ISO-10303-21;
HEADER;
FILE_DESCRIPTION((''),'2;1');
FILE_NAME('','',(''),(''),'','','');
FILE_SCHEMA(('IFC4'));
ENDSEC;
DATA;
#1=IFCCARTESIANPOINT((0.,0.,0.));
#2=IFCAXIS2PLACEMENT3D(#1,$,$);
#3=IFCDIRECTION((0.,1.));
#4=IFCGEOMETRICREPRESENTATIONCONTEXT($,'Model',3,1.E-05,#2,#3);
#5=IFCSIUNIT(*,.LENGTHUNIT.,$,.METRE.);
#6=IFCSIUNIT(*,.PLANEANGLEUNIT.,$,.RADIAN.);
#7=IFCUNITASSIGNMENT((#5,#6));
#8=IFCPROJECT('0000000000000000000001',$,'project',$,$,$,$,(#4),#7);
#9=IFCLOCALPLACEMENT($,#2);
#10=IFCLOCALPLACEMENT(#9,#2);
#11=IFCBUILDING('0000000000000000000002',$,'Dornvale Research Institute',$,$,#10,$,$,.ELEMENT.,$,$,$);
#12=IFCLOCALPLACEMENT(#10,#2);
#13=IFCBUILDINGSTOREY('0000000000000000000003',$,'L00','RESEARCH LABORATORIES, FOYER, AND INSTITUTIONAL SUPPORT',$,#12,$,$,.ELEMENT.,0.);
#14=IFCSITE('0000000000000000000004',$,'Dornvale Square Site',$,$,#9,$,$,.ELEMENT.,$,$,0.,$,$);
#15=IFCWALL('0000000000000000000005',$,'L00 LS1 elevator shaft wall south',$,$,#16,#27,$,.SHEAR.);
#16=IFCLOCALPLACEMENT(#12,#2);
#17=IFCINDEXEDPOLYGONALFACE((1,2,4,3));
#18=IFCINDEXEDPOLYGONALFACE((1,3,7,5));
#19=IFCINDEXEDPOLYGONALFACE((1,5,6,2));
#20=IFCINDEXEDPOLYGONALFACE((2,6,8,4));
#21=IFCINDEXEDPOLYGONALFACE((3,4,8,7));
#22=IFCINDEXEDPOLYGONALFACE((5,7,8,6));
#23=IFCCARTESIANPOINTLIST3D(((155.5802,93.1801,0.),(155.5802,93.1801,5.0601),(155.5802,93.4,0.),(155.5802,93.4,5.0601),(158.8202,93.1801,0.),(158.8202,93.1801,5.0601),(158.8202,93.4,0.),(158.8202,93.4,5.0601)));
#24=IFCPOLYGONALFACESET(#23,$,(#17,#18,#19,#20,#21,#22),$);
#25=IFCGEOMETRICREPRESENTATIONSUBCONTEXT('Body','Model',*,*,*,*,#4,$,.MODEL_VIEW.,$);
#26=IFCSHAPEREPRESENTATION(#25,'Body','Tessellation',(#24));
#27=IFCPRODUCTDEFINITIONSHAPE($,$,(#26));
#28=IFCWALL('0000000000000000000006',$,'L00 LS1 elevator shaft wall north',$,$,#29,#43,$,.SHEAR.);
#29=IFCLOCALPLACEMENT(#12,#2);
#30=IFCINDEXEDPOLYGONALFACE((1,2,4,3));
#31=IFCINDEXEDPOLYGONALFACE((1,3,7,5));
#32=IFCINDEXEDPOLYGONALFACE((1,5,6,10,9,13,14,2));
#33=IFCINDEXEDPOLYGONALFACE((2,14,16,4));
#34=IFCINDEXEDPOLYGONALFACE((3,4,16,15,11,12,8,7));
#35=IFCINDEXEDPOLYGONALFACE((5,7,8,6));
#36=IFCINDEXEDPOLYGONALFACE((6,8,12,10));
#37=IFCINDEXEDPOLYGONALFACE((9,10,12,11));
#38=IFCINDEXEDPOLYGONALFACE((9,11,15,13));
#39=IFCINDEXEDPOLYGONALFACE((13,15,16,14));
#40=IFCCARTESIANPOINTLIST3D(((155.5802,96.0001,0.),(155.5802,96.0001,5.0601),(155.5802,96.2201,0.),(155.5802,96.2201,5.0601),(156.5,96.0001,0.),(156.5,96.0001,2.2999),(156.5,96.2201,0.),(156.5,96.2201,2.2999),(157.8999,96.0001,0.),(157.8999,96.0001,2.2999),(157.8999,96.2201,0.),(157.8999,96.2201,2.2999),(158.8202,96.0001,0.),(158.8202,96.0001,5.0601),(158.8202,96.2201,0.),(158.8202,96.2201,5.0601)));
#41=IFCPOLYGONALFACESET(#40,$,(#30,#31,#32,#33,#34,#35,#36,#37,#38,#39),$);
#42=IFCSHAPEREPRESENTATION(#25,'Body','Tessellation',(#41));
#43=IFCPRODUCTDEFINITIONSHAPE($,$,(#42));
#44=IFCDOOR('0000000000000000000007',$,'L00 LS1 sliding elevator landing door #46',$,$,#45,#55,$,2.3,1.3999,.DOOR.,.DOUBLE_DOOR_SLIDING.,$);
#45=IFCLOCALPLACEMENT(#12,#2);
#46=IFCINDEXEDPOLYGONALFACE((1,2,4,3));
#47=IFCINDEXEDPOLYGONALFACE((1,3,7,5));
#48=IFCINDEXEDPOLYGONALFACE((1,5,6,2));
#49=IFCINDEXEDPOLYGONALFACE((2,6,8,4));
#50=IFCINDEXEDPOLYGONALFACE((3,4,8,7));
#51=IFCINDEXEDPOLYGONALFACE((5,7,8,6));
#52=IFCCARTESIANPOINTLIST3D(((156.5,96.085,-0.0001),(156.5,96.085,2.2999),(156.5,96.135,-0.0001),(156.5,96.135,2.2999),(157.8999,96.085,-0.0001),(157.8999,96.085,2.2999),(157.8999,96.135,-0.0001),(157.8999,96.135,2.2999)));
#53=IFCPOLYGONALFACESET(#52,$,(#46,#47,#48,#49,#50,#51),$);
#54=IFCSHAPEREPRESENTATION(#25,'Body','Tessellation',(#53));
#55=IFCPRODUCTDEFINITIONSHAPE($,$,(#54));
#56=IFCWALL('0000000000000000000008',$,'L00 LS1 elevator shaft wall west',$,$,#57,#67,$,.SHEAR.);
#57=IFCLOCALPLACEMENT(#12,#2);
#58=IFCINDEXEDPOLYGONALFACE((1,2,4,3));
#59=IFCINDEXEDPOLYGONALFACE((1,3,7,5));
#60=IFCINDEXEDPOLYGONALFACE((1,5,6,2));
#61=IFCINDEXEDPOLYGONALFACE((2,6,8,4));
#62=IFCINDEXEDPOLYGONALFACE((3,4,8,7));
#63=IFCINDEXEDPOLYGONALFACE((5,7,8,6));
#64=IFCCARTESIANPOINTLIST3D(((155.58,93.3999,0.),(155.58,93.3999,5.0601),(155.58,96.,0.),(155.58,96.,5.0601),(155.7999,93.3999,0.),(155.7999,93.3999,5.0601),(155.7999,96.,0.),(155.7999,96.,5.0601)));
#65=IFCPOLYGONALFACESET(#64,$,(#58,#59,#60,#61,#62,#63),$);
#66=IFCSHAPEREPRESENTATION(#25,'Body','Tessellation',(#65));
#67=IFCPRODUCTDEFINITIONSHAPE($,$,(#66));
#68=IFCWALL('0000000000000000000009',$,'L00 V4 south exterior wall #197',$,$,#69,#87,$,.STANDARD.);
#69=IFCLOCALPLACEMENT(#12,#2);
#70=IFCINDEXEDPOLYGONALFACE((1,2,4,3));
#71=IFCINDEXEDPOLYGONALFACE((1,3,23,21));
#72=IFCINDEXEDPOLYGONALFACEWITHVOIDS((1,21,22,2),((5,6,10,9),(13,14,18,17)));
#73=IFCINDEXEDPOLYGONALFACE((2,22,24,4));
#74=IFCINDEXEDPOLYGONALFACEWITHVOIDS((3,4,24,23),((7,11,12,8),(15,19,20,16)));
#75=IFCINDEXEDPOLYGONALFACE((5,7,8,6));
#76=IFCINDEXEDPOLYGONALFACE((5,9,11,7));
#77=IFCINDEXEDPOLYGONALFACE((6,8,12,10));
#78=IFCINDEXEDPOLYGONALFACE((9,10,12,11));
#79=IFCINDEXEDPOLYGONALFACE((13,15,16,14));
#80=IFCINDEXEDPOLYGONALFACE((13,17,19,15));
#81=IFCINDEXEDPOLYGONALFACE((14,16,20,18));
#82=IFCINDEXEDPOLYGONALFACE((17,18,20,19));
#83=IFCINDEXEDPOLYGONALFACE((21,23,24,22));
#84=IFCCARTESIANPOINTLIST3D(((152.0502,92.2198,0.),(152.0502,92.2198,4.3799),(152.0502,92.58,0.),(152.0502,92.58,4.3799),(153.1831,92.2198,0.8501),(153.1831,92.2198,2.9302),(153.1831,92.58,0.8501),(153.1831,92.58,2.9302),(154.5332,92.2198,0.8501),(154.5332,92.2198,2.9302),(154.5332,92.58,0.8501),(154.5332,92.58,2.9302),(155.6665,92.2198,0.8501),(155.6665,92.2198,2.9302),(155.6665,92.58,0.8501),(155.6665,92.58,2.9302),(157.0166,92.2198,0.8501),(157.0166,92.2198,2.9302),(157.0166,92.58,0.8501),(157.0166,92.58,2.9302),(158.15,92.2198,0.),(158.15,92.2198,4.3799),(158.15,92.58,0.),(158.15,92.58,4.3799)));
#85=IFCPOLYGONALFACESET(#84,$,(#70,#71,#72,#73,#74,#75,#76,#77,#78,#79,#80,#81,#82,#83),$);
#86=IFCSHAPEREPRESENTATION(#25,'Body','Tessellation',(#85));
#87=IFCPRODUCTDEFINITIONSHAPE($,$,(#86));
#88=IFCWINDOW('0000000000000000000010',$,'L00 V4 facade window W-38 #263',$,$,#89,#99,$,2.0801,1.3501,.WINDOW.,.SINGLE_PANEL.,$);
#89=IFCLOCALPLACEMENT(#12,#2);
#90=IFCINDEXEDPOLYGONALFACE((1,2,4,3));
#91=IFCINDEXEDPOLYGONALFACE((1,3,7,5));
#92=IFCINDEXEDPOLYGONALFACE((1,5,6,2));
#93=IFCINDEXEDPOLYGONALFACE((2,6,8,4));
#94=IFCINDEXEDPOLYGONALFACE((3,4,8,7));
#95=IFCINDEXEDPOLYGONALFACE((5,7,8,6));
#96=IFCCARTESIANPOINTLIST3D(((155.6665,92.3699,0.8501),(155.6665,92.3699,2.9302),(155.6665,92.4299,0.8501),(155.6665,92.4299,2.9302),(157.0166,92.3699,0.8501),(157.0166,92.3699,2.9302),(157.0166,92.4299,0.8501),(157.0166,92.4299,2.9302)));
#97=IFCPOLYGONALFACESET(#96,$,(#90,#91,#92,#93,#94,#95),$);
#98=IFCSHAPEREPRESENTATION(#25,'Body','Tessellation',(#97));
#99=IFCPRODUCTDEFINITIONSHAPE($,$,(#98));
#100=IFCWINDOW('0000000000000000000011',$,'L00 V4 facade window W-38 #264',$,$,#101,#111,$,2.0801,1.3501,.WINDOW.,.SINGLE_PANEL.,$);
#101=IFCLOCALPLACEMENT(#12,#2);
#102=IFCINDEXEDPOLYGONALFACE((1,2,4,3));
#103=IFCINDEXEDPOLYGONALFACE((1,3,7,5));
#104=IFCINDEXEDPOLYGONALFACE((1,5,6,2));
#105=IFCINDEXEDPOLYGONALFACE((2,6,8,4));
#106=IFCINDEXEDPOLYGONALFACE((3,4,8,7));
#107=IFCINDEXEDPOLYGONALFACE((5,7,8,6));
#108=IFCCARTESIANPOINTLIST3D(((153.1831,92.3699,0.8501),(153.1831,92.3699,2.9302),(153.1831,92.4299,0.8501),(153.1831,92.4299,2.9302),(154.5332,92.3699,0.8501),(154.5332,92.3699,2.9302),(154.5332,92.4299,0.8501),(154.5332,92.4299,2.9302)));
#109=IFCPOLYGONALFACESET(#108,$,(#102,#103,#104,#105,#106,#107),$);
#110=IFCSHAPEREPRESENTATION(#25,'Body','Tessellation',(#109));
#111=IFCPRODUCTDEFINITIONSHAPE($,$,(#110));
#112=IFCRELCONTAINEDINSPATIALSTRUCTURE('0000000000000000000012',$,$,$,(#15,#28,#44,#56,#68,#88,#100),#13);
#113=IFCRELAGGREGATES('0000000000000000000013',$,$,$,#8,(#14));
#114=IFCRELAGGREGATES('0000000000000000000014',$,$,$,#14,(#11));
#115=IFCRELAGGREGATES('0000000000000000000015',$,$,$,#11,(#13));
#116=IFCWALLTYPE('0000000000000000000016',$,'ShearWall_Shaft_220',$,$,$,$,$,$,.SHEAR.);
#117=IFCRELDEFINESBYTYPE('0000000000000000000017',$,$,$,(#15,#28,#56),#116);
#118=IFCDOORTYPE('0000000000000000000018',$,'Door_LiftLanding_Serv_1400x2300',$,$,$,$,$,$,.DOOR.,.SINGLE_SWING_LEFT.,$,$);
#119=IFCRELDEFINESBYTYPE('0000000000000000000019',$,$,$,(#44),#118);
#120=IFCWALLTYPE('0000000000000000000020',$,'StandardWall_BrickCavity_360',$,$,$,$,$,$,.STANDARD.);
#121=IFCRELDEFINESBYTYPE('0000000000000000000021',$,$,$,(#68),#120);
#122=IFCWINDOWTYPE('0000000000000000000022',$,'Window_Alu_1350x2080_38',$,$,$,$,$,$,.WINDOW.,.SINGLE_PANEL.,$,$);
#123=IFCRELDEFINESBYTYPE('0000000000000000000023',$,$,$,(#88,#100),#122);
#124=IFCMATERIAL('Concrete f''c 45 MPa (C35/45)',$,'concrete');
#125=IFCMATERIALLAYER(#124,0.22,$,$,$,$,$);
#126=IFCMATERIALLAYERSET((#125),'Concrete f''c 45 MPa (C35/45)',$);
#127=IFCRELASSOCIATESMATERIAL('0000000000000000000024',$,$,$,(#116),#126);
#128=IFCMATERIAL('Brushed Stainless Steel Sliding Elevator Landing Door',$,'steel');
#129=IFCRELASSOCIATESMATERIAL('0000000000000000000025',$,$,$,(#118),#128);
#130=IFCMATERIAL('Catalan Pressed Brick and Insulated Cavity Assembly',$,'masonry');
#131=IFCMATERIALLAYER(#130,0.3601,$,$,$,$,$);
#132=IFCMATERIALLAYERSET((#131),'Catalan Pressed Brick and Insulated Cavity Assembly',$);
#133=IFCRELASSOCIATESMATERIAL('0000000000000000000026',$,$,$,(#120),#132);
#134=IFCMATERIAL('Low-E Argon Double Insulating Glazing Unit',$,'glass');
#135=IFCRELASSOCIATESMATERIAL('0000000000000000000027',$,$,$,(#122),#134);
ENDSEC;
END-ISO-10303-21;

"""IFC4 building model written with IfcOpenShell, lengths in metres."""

from ifc_helpers import new_model, si_unit, direction, frame, frame_2d, origin, place, context, subcontext, project, spatial, rectangle, extrude, material, layer, layer_set, type_object, element, fill, save


model = new_model("IFC4")

# Units and contexts
model_context = context("Model", 3, precision=1e-05, world=origin(), true_north=direction((0.0, 1.0)))
body_context = subcontext(model_context, "Body", "Model", "MODEL_VIEW")
ifc_project = project(units=[si_unit("LENGTHUNIT", "METRE"), si_unit("PLANEANGLEUNIT", "RADIAN")], contexts=[model_context])

# Site, building, storey
site_placement = place(None, origin())
site = spatial("IfcSite", under=ifc_project, at=site_placement, Name="Dornvale Square Site", CompositionType="ELEMENT", RefElevation=0.0)
building_placement = place(site_placement, origin())
building = spatial("IfcBuilding", under=site, at=building_placement, Name="Dornvale Research Institute", CompositionType="ELEMENT")
storey_placement = place(building_placement, origin())
storey = spatial("IfcBuildingStorey", under=building, at=storey_placement, Name="L00", Description="RESEARCH LABORATORIES, FOYER, AND INSTITUTIONAL SUPPORT", CompositionType="ELEMENT", Elevation=0.0)

# Wall
ifc_material_1 = material(Name="Concrete f'c 45 MPa (C35/45)", Category="concrete")
ifc_layer_1 = layer(ifc_material_1, 0.22)
ifc_layer_set_1 = layer_set([ifc_layer_1], Name="Concrete f'c 45 MPa (C35/45)")
wall_type_1 = type_object("IfcWallType", Name="ShearWall_Shaft_220", PredefinedType="SHEAR", material=ifc_layer_set_1)
wall_1_placement = place(storey_placement, frame((155.5801, 93.29, 0.0), z_axis=(0.0, 0.0, 1.0), x_axis=(1.0, 0.0, 0.0)))
element("IfcWall", 1, at=wall_1_placement, inside=storey, type_object=wall_type_1, Name="L00 LS1 elevator shaft wall south", PredefinedType="SHEAR", context=body_context, shape_type="SweptSolid", body=[
    extrude(rectangle(XDim=3.24, YDim=0.22, at=frame_2d((1.6201, 0.0))), origin(), (0.0, 0.0, 1.0), 5.0601),
])

# Wall, opening, door
wall_2_placement = place(storey_placement, frame((155.5801, 96.1101, 0.0), z_axis=(0.0, 0.0, 1.0), x_axis=(1.0, 0.0, 0.0)))
wall_2 = element("IfcWall", 2, at=wall_2_placement, inside=storey, type_object=wall_type_1, Name="L00 LS1 elevator shaft wall north", PredefinedType="SHEAR", context=body_context, shape_type="SweptSolid", body=[
    extrude(rectangle(XDim=3.24, YDim=0.22, at=frame_2d((1.6201, 0.0))), origin(), (0.0, 0.0, 1.0), 5.0601),
])
opening_1_placement = place(wall_2_placement, frame((0.9199, 0.0, 0.0)))
opening_1 = element("IfcOpeningElement", 3, at=opening_1_placement, cuts=wall_2, PredefinedType="OPENING", context=body_context, shape_type="SweptSolid", body=[
    extrude(rectangle(XDim=1.3999, YDim=2.3, at=frame_2d((0.7, 1.1499))), frame((0.0, 0.125, 0.0), z_axis=(0.0, -1.0, 0.0), x_axis=(1.0, 0.0, 0.0)), (0.0, 0.0, 1.0), 0.25),
])
ifc_material_2 = material(Name="Brushed Stainless Steel Sliding Elevator Landing Door", Category="steel")
door_type = type_object("IfcDoorType", Name="Door_LiftLanding_Serv_1400x2300", OperationType="SINGLE_SWING_LEFT", PredefinedType="DOOR", material=ifc_material_2)
door_placement = place(opening_1_placement, origin())
door = element("IfcDoor", 4, at=door_placement, inside=storey, type_object=door_type, Name="L00 LS1 sliding elevator landing door #46", OperationType="DOUBLE_DOOR_SLIDING", OverallHeight=2.3, OverallWidth=1.3999, PredefinedType="DOOR", context=body_context, shape_type="SweptSolid", body=[
    extrude(rectangle(XDim=1.3999, YDim=2.3, at=frame_2d((0.7, 1.1499))), frame((0.0, 0.0249, 0.0), z_axis=(0.0, -1.0, 0.0), x_axis=(1.0, 0.0, 0.0)), (0.0, 0.0, 1.0), 0.05),
])
fill(opening_1, door)

# Wall
wall_3_placement = place(storey_placement, frame((155.6899, 93.3999, 0.0), z_axis=(0.0, 0.0, 1.0), x_axis=(0.0, 1.0, 0.0)))
element("IfcWall", 5, at=wall_3_placement, inside=storey, type_object=wall_type_1, Name="L00 LS1 elevator shaft wall west", PredefinedType="SHEAR", context=body_context, shape_type="SweptSolid", body=[
    extrude(rectangle(XDim=2.6001, YDim=0.22, at=frame_2d((1.3, 0.0))), origin(), (0.0, 0.0, 1.0), 5.0601),
])

# Wall, openings, windows
ifc_material_3 = material(Name="Catalan Pressed Brick and Insulated Cavity Assembly", Category="masonry")
ifc_layer_2 = layer(ifc_material_3, 0.3601)
ifc_layer_set_2 = layer_set([ifc_layer_2], Name="Catalan Pressed Brick and Insulated Cavity Assembly")
wall_type_2 = type_object("IfcWallType", Name="StandardWall_BrickCavity_360", PredefinedType="STANDARD", material=ifc_layer_set_2)
wall_4_placement = place(storey_placement, frame((158.1499, 92.3999, 0.0), z_axis=(0.0, 0.0, 1.0), x_axis=(-1.0, 0.0, 0.0)))
wall_4 = element("IfcWall", 6, at=wall_4_placement, inside=storey, type_object=wall_type_2, Name="L00 V4 south exterior wall #197", PredefinedType="STANDARD", context=body_context, shape_type="SweptSolid", body=[
    extrude(rectangle(XDim=6.0999, YDim=0.3601, at=frame_2d((3.0498, 0.0))), origin(), (0.0, 0.0, 1.0), 4.3799),
])
opening_2_placement = place(wall_4_placement, frame((1.1333, 0.0, 0.8501)))
opening_2 = element("IfcOpeningElement", 7, at=opening_2_placement, cuts=wall_4, PredefinedType="OPENING", context=body_context, shape_type="SweptSolid", body=[
    extrude(rectangle(XDim=1.3501, YDim=2.0801, at=frame_2d((0.675, 1.04))), frame((0.0, 0.1951, 0.0), z_axis=(0.0, -1.0, 0.0), x_axis=(1.0, 0.0, 0.0)), (0.0, 0.0, 1.0), 0.3901),
])
opening_3_placement = place(wall_4_placement, frame((3.6167, 0.0, 0.8501)))
opening_3 = element("IfcOpeningElement", 8, at=opening_3_placement, cuts=wall_4, PredefinedType="OPENING", context=body_context, shape_type="SweptSolid", body=[
    extrude(rectangle(XDim=1.3501, YDim=2.0801, at=frame_2d((0.675, 1.04))), frame((0.0, 0.1951, 0.0), z_axis=(0.0, -1.0, 0.0), x_axis=(1.0, 0.0, 0.0)), (0.0, 0.0, 1.0), 0.3901),
])
ifc_material_4 = material(Name="Low-E Argon Double Insulating Glazing Unit", Category="glass")
window_type = type_object("IfcWindowType", Name="Window_Alu_1350x2080_38", PartitioningType="SINGLE_PANEL", PredefinedType="WINDOW", material=ifc_material_4)
window_1_placement = place(opening_2_placement, origin())
window_1 = element("IfcWindow", 9, at=window_1_placement, inside=storey, type_object=window_type, Name="L00 V4 facade window W-38 #263", OverallHeight=2.0801, OverallWidth=1.3501, PartitioningType="SINGLE_PANEL", PredefinedType="WINDOW", context=body_context, shape_type="SweptSolid", body=[
    extrude(rectangle(XDim=1.3501, YDim=2.0801, at=frame_2d((0.675, 1.04))), frame((0.0, 0.03, 0.0), z_axis=(0.0, -1.0, 0.0), x_axis=(1.0, 0.0, 0.0)), (0.0, 0.0, 1.0), 0.0601),
])
fill(opening_2, window_1)
window_2_placement = place(opening_3_placement, origin())
window_2 = element("IfcWindow", 10, at=window_2_placement, inside=storey, type_object=window_type, Name="L00 V4 facade window W-38 #264", OverallHeight=2.0801, OverallWidth=1.3501, PartitioningType="SINGLE_PANEL", PredefinedType="WINDOW", context=body_context, shape_type="SweptSolid", body=[
    extrude(rectangle(XDim=1.3501, YDim=2.0801, at=frame_2d((0.675, 1.04))), frame((0.0, 0.03, 0.0), z_axis=(0.0, -1.0, 0.0), x_axis=(1.0, 0.0, 0.0)), (0.0, 0.0, 1.0), 0.0601),
])
fill(opening_3, window_2)

save(model, "model.ifc")
